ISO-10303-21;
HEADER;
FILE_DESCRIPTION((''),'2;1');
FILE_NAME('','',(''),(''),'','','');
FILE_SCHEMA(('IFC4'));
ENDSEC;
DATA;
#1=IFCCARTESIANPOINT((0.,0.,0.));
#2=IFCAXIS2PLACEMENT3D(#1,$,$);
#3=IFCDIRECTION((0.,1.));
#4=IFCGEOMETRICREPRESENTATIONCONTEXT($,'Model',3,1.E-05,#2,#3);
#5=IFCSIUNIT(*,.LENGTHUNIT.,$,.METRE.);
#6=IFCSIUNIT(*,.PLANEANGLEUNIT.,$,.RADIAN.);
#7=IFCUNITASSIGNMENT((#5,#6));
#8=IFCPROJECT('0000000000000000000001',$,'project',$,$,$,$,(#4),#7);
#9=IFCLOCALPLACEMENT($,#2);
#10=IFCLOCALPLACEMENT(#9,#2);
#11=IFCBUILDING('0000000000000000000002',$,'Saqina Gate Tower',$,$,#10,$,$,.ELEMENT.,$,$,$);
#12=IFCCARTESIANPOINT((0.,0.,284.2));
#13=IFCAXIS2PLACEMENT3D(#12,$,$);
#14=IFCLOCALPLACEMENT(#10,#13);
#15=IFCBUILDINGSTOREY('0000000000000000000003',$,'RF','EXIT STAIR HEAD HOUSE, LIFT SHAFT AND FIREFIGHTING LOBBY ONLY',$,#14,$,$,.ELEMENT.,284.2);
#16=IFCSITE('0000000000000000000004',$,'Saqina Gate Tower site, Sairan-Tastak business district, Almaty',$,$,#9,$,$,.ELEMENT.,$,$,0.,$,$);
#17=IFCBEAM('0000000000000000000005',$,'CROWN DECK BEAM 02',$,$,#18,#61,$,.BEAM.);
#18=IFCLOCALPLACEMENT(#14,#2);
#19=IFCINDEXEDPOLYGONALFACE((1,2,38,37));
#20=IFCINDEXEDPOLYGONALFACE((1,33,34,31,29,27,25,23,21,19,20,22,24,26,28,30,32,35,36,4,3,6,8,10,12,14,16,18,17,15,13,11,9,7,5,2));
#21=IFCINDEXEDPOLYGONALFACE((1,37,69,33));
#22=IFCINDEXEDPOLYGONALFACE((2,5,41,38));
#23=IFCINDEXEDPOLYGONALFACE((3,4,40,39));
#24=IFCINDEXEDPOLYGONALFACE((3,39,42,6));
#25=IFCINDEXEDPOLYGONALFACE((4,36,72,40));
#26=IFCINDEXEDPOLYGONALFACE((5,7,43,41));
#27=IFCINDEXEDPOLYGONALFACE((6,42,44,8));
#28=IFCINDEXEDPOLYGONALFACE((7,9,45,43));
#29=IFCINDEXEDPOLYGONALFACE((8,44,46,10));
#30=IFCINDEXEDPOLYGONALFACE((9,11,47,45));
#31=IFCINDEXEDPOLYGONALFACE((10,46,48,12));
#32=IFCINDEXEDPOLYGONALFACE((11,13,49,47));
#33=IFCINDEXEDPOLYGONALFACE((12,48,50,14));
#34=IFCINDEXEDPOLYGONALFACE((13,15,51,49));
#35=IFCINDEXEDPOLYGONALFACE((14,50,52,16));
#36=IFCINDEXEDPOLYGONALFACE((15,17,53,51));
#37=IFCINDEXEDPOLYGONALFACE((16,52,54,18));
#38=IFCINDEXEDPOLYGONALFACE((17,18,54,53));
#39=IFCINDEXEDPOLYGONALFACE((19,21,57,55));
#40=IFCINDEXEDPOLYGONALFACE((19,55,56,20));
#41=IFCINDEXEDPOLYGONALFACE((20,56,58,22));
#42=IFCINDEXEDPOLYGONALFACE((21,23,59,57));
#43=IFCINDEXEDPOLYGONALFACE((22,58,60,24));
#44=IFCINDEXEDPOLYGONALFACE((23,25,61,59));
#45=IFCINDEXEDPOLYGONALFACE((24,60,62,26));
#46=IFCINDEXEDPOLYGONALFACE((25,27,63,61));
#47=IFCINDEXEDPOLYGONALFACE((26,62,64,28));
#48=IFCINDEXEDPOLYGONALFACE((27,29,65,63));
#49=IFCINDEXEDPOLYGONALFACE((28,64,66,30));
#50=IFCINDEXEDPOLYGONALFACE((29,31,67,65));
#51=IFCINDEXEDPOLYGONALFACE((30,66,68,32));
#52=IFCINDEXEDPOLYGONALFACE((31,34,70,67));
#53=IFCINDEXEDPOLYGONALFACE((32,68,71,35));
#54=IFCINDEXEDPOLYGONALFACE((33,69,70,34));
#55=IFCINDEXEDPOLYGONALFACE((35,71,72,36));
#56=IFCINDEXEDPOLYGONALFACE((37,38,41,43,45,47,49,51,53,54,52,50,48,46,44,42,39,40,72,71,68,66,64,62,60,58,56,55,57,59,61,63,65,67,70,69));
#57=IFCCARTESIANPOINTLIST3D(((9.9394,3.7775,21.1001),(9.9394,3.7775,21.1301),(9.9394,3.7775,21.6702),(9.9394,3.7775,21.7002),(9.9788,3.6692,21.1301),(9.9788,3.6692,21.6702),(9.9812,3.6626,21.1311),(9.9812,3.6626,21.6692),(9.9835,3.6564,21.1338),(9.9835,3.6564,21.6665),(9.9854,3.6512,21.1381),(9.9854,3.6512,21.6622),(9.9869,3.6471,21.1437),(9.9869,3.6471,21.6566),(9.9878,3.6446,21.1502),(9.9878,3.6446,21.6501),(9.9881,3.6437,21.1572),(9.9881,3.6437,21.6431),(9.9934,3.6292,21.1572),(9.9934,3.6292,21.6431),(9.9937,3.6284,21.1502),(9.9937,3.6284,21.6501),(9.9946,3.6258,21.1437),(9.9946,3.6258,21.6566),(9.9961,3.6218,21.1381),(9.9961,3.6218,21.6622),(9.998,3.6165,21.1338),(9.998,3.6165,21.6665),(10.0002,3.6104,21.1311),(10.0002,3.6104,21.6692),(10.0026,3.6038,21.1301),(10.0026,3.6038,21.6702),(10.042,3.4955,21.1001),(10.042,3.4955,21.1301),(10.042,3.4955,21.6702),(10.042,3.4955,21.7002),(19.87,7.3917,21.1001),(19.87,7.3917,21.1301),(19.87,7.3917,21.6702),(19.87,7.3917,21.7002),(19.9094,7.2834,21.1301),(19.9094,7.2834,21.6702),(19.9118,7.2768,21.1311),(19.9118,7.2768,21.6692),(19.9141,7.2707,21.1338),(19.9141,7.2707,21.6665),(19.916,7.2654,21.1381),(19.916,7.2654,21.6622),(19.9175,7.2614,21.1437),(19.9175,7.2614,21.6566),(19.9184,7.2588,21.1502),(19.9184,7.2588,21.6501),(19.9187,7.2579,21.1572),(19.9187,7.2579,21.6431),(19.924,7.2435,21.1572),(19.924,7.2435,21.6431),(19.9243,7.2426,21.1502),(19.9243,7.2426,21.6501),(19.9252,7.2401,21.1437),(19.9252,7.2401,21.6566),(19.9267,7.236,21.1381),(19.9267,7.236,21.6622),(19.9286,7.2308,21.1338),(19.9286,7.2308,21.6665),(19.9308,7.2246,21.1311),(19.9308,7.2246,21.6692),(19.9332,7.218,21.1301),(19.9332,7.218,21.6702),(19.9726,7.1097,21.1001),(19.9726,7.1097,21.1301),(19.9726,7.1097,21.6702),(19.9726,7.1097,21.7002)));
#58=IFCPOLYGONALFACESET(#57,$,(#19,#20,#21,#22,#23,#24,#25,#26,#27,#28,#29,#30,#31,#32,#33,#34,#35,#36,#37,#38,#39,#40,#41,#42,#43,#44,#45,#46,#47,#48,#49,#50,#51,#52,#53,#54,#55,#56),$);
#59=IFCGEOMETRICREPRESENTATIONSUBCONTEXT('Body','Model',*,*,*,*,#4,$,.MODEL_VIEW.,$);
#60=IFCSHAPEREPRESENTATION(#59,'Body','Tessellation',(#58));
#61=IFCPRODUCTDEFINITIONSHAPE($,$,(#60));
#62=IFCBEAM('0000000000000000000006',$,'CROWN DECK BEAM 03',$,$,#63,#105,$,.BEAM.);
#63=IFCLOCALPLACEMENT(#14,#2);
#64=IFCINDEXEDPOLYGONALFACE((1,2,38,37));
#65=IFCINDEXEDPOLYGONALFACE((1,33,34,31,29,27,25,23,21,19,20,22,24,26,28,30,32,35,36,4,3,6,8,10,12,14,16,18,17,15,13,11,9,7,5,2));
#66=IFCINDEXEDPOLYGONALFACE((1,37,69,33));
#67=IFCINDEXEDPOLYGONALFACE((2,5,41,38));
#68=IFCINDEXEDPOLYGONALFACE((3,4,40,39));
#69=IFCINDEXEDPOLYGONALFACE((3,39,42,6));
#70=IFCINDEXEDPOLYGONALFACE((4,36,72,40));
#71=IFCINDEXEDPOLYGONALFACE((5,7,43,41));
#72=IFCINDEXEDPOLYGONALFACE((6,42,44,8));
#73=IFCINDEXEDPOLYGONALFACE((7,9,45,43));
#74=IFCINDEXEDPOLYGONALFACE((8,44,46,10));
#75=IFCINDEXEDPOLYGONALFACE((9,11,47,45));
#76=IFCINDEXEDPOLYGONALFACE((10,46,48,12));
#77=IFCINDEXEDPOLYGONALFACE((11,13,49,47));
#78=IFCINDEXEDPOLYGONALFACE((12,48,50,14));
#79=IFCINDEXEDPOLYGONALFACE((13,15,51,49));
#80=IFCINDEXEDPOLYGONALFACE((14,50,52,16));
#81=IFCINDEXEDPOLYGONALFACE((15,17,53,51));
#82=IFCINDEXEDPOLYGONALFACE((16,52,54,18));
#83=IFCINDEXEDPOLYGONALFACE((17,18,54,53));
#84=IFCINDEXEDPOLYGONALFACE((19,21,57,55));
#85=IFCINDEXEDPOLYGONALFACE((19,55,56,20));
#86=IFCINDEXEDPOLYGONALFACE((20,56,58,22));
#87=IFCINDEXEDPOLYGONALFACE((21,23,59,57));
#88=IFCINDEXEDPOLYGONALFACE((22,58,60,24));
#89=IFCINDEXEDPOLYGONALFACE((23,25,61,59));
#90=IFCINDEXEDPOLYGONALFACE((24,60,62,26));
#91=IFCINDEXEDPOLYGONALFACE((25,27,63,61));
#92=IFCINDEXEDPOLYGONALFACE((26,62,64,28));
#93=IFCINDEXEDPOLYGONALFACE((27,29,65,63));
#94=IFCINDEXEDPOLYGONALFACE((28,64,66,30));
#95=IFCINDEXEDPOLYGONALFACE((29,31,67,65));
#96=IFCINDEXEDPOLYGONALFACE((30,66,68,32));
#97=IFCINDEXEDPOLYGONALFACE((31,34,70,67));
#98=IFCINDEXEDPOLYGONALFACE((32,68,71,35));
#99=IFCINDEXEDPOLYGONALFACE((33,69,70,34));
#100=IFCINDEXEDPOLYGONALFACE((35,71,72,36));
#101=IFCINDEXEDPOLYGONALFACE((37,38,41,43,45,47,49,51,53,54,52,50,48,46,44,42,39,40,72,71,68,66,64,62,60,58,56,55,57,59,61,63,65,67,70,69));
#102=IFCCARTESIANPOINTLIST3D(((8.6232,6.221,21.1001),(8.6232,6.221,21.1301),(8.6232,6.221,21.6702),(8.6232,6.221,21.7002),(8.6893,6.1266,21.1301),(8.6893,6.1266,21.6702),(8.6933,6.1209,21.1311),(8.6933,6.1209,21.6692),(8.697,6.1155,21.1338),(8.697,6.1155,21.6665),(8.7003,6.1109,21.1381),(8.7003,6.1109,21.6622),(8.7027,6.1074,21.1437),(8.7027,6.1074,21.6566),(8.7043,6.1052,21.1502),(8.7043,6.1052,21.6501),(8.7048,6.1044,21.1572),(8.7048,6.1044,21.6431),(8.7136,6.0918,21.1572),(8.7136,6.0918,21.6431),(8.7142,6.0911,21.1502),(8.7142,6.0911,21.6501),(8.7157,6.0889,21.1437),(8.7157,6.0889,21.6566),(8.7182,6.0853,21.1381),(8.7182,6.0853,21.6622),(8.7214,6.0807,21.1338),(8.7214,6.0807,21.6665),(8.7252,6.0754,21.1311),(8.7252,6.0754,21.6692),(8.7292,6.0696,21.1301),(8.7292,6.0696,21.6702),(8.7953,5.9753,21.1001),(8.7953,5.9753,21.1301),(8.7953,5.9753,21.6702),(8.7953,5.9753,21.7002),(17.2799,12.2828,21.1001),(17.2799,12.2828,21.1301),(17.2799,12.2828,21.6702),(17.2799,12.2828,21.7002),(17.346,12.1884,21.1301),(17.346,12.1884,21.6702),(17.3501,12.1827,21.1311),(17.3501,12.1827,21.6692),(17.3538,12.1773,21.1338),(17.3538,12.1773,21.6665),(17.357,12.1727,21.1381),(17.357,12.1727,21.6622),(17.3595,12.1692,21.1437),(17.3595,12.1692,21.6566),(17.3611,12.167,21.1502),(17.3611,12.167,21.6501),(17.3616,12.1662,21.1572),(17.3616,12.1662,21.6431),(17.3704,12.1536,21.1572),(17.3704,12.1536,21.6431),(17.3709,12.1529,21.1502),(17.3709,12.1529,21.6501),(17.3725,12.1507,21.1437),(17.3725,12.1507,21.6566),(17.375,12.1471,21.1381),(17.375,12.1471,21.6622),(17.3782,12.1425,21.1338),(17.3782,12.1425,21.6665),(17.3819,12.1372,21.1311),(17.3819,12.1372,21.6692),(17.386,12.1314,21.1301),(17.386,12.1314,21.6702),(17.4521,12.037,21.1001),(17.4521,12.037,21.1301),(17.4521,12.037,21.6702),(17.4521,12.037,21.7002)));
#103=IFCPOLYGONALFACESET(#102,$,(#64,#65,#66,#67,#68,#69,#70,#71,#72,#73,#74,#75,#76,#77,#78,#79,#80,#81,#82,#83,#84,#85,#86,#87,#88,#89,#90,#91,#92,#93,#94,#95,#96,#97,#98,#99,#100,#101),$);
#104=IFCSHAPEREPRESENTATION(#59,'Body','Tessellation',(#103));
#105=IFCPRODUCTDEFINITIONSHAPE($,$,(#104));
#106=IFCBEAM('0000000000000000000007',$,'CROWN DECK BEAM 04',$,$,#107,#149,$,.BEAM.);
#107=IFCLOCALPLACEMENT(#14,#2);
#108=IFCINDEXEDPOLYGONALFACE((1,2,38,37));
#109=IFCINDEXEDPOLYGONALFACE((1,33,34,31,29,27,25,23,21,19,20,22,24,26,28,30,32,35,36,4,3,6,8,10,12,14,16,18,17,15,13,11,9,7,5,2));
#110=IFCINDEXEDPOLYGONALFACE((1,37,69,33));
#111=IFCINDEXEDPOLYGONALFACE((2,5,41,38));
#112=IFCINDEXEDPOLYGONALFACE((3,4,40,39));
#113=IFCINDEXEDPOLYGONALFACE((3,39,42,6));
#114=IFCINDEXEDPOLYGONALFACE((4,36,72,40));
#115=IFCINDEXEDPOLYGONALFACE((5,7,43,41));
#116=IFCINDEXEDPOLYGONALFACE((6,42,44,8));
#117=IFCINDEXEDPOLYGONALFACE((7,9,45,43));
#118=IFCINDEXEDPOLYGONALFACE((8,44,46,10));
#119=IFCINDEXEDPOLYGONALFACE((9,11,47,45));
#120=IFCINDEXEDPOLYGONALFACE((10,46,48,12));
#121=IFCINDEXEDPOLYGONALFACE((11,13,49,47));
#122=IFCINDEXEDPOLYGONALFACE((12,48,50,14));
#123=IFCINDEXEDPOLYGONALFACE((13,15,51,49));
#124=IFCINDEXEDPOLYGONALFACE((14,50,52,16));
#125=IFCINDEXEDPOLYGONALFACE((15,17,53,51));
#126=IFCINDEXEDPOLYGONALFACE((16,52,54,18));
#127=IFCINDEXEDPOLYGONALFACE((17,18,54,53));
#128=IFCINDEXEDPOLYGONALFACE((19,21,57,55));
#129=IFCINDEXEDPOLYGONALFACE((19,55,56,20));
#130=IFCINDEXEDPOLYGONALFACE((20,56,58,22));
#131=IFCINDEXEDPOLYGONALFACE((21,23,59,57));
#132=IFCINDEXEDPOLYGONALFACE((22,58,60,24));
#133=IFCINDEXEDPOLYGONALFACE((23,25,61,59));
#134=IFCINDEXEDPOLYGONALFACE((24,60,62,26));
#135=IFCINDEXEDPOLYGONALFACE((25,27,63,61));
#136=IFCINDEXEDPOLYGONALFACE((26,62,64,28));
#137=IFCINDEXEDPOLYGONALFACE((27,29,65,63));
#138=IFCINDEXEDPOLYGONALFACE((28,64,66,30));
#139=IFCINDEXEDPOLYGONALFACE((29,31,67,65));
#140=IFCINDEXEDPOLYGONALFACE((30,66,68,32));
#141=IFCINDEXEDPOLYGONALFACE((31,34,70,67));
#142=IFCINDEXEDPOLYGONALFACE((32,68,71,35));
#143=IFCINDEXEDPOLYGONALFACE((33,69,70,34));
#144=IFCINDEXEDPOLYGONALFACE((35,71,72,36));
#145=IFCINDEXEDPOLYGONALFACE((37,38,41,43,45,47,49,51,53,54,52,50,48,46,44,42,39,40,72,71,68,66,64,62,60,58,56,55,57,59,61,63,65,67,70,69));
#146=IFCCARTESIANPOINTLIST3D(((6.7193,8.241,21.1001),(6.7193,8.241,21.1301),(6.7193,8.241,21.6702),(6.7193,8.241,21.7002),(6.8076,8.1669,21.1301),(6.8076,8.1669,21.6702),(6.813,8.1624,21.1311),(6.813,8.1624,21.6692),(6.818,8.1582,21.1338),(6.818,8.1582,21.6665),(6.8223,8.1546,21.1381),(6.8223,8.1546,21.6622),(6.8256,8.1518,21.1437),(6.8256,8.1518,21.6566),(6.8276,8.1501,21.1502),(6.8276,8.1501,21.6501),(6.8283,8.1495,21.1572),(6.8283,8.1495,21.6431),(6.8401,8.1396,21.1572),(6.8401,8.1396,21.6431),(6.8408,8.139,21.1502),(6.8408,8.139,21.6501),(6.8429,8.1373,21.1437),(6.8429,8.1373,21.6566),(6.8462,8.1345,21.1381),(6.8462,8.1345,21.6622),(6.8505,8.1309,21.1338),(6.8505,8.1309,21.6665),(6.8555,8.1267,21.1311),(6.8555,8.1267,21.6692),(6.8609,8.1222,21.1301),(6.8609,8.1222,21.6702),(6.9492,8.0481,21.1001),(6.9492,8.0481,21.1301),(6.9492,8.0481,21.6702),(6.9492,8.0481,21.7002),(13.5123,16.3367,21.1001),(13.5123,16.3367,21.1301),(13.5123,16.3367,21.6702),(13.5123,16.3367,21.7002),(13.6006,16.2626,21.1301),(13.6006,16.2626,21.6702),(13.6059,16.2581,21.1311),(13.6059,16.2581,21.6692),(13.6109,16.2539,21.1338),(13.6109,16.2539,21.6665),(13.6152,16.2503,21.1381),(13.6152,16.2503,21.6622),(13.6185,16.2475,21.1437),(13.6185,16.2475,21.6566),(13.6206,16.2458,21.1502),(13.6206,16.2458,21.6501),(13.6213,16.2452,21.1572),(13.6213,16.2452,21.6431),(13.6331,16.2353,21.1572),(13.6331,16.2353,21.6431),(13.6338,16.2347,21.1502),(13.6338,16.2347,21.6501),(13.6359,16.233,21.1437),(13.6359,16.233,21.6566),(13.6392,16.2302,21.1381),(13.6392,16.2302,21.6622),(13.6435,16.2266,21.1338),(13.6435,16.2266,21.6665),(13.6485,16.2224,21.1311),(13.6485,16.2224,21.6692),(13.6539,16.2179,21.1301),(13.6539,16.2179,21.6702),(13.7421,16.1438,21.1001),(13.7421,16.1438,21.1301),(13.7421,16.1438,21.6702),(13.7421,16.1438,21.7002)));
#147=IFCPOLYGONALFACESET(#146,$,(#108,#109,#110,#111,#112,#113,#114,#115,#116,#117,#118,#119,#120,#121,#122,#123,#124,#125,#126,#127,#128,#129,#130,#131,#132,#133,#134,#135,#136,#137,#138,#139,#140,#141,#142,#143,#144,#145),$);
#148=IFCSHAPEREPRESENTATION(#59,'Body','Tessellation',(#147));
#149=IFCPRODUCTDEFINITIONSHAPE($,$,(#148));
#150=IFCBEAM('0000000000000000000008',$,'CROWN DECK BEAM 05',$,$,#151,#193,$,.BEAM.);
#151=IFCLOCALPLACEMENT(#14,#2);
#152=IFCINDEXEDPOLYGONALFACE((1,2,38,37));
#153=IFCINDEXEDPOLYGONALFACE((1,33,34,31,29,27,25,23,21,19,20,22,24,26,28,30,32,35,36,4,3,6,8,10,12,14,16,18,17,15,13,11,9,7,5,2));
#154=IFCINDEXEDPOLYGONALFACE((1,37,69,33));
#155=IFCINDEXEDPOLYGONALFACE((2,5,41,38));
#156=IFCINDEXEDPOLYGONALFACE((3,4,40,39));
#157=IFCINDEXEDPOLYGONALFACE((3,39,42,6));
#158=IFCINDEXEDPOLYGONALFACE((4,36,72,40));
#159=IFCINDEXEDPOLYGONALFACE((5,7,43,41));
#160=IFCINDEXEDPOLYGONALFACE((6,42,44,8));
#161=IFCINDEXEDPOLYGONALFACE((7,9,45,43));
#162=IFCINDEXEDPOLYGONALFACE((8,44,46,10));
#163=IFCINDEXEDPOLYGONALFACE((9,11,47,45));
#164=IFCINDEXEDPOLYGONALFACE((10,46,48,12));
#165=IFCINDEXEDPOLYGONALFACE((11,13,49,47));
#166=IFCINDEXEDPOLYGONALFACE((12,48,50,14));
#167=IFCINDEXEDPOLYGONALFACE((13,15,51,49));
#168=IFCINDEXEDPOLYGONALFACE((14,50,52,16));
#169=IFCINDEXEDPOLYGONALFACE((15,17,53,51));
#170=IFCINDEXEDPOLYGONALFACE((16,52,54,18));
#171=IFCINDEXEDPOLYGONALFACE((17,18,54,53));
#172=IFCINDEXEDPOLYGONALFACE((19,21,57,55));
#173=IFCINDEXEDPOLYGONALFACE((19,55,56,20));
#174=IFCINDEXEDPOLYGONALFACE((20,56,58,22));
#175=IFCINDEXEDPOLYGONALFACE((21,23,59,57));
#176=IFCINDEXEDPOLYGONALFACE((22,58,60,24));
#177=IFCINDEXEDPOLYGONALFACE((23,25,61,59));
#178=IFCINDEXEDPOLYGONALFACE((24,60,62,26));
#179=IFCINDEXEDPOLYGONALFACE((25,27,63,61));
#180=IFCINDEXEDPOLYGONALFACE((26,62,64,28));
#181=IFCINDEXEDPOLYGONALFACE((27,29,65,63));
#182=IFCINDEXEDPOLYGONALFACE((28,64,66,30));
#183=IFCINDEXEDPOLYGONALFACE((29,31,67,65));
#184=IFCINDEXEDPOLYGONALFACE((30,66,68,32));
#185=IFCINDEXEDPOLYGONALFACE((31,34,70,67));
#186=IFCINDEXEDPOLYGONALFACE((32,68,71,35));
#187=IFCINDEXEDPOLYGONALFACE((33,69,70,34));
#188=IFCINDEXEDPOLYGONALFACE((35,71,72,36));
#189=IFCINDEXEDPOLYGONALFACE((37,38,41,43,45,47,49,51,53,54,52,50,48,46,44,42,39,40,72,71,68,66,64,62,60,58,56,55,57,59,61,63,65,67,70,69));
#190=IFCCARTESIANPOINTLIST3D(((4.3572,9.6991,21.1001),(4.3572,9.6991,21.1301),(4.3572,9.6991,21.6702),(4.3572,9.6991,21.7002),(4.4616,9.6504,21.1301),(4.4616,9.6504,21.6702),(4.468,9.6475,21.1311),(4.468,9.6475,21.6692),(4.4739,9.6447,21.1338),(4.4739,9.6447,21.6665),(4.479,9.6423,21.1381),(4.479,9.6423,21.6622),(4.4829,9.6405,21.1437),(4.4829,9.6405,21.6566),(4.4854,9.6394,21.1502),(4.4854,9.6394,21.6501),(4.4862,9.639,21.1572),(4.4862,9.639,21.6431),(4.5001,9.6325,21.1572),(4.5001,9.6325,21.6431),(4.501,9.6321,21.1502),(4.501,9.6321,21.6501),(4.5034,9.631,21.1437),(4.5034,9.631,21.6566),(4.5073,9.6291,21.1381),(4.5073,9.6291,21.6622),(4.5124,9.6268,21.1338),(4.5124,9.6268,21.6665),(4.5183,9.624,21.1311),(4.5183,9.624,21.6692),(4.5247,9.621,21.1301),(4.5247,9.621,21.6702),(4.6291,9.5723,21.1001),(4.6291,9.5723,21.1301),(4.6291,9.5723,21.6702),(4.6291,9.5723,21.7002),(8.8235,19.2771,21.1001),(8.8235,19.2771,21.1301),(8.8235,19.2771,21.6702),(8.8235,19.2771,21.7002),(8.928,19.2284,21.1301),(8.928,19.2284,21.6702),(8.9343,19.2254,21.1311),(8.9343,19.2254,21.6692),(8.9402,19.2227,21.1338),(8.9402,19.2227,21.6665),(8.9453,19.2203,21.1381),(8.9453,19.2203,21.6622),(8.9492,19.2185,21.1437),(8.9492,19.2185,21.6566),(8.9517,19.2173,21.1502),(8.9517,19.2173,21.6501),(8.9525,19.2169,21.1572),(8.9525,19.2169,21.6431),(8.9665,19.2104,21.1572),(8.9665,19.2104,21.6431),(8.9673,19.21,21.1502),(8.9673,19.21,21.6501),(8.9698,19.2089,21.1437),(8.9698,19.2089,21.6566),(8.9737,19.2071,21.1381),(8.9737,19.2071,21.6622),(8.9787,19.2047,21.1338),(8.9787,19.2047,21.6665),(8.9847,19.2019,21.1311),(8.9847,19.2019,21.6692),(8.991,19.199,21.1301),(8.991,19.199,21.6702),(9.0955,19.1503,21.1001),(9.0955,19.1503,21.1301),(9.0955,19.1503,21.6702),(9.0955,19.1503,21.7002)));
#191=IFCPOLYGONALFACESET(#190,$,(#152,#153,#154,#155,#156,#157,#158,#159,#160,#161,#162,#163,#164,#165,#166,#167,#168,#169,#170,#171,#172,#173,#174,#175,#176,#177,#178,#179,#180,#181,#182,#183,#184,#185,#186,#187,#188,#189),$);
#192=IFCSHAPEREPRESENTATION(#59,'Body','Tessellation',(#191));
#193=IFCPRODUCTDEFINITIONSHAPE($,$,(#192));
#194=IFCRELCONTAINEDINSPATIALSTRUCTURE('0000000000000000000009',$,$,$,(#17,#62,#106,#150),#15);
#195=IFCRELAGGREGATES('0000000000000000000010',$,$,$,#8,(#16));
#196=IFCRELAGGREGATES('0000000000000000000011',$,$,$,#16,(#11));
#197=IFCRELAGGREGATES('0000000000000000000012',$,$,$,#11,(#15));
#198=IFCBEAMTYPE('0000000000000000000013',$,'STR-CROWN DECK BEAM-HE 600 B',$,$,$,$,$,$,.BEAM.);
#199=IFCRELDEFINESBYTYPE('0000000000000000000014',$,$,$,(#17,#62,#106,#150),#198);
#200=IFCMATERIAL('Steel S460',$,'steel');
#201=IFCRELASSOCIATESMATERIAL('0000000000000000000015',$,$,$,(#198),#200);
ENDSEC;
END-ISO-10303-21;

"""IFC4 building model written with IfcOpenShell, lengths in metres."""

from ifc_helpers import new_model, si_unit, direction, frame, origin, origin_2d, place, context, subcontext, project, spatial, i_section, extrude, material, material_profile, profile_set, type_object, element, save


model = new_model("IFC4")

# Units and contexts
model_context = context("Model", 3, precision=1e-05, world=origin(), true_north=direction((0.0, 1.0)))
body_context = subcontext(model_context, "Body", "Model", "MODEL_VIEW")
ifc_project = project(units=[si_unit("LENGTHUNIT", "METRE"), si_unit("PLANEANGLEUNIT", "RADIAN")], contexts=[model_context])

# Site, building, storey
site_placement = place(None, origin())
site = spatial("IfcSite", under=ifc_project, at=site_placement, Name="Saqina Gate Tower site, Sairan-Tastak business district, Almaty", CompositionType="ELEMENT", RefElevation=0.0)
building_placement = place(site_placement, origin())
building = spatial("IfcBuilding", under=site, at=building_placement, Name="Saqina Gate Tower", CompositionType="ELEMENT")
storey_placement = place(building_placement, frame((0.0, 0.0, 284.2)))
storey = spatial("IfcBuildingStorey", under=building, at=storey_placement, Name="RF", Description="EXIT STAIR HEAD HOUSE, LIFT SHAFT AND FIREFIGHTING LOBBY ONLY", CompositionType="ELEMENT", Elevation=284.2)

# Beams
ifc_material_1 = material(Name="Steel S460", Category="steel")
ifc_material_profile_1 = material_profile(ifc_material_1, i_section(OverallWidth=0.3, OverallDepth=0.6001, WebThickness=0.0154, FlangeThickness=0.03, FilletRadius=0.0271, at=origin_2d()), Name="HE 600 B")
ifc_profile_set_1 = profile_set([ifc_material_profile_1], Name="Steel S460")
beam_type_1 = type_object("IfcBeamType", Name="STR-CROWN DECK BEAM-HE 600 B", PredefinedType="BEAM", material=ifc_profile_set_1)
beam_1_placement = place(storey_placement, frame((9.9907, 3.6365, 21.4001), z_axis=(0.939699, 0.342003, 0.0), x_axis=(-0.342003, 0.939699, 0.0)))
element("IfcBeam", 1, at=beam_1_placement, inside=storey, type_object=beam_type_1, Name="CROWN DECK BEAM 02", PredefinedType="BEAM", context=body_context, shape_type="SweptSolid", body=[
    extrude(i_section(OverallWidth=0.3, OverallDepth=0.6001, WebThickness=0.0154, FlangeThickness=0.03, FilletRadius=0.0271, at=origin_2d()), origin(), (0.0, 0.0, 1.0), 10.5679),
])
for number, where, z_axis, x_axis, name in (
    (2, (8.7092, 6.0981, 21.4001), (0.819141, 0.573593, 0.0), (-0.573593, 0.819141, 0.0), "CROWN DECK BEAM 03"),
    (3, (6.8342, 8.1445, 21.4001), (0.64278, 0.766051, 0.0), (-0.766051, 0.64278, 0.0), "CROWN DECK BEAM 04"),
    (4, (4.4932, 9.6357, 21.4001), (0.422624, 0.906305, 0.0), (-0.906305, 0.422624, 0.0), "CROWN DECK BEAM 05"),
):
    element("IfcBeam", number, at=place(storey_placement, frame(where, z_axis=z_axis, x_axis=x_axis)), inside=storey, type_object=beam_type_1, Name=name, PredefinedType="BEAM", context=body_context, shape_type="SweptSolid", body=[
        extrude(i_section(OverallWidth=0.3, OverallDepth=0.6001, WebThickness=0.0154, FlangeThickness=0.03, FilletRadius=0.0271, at=origin_2d()), origin(), (0.0, 0.0, 1.0), 10.5681),
    ])

save(model, "model.ifc")
